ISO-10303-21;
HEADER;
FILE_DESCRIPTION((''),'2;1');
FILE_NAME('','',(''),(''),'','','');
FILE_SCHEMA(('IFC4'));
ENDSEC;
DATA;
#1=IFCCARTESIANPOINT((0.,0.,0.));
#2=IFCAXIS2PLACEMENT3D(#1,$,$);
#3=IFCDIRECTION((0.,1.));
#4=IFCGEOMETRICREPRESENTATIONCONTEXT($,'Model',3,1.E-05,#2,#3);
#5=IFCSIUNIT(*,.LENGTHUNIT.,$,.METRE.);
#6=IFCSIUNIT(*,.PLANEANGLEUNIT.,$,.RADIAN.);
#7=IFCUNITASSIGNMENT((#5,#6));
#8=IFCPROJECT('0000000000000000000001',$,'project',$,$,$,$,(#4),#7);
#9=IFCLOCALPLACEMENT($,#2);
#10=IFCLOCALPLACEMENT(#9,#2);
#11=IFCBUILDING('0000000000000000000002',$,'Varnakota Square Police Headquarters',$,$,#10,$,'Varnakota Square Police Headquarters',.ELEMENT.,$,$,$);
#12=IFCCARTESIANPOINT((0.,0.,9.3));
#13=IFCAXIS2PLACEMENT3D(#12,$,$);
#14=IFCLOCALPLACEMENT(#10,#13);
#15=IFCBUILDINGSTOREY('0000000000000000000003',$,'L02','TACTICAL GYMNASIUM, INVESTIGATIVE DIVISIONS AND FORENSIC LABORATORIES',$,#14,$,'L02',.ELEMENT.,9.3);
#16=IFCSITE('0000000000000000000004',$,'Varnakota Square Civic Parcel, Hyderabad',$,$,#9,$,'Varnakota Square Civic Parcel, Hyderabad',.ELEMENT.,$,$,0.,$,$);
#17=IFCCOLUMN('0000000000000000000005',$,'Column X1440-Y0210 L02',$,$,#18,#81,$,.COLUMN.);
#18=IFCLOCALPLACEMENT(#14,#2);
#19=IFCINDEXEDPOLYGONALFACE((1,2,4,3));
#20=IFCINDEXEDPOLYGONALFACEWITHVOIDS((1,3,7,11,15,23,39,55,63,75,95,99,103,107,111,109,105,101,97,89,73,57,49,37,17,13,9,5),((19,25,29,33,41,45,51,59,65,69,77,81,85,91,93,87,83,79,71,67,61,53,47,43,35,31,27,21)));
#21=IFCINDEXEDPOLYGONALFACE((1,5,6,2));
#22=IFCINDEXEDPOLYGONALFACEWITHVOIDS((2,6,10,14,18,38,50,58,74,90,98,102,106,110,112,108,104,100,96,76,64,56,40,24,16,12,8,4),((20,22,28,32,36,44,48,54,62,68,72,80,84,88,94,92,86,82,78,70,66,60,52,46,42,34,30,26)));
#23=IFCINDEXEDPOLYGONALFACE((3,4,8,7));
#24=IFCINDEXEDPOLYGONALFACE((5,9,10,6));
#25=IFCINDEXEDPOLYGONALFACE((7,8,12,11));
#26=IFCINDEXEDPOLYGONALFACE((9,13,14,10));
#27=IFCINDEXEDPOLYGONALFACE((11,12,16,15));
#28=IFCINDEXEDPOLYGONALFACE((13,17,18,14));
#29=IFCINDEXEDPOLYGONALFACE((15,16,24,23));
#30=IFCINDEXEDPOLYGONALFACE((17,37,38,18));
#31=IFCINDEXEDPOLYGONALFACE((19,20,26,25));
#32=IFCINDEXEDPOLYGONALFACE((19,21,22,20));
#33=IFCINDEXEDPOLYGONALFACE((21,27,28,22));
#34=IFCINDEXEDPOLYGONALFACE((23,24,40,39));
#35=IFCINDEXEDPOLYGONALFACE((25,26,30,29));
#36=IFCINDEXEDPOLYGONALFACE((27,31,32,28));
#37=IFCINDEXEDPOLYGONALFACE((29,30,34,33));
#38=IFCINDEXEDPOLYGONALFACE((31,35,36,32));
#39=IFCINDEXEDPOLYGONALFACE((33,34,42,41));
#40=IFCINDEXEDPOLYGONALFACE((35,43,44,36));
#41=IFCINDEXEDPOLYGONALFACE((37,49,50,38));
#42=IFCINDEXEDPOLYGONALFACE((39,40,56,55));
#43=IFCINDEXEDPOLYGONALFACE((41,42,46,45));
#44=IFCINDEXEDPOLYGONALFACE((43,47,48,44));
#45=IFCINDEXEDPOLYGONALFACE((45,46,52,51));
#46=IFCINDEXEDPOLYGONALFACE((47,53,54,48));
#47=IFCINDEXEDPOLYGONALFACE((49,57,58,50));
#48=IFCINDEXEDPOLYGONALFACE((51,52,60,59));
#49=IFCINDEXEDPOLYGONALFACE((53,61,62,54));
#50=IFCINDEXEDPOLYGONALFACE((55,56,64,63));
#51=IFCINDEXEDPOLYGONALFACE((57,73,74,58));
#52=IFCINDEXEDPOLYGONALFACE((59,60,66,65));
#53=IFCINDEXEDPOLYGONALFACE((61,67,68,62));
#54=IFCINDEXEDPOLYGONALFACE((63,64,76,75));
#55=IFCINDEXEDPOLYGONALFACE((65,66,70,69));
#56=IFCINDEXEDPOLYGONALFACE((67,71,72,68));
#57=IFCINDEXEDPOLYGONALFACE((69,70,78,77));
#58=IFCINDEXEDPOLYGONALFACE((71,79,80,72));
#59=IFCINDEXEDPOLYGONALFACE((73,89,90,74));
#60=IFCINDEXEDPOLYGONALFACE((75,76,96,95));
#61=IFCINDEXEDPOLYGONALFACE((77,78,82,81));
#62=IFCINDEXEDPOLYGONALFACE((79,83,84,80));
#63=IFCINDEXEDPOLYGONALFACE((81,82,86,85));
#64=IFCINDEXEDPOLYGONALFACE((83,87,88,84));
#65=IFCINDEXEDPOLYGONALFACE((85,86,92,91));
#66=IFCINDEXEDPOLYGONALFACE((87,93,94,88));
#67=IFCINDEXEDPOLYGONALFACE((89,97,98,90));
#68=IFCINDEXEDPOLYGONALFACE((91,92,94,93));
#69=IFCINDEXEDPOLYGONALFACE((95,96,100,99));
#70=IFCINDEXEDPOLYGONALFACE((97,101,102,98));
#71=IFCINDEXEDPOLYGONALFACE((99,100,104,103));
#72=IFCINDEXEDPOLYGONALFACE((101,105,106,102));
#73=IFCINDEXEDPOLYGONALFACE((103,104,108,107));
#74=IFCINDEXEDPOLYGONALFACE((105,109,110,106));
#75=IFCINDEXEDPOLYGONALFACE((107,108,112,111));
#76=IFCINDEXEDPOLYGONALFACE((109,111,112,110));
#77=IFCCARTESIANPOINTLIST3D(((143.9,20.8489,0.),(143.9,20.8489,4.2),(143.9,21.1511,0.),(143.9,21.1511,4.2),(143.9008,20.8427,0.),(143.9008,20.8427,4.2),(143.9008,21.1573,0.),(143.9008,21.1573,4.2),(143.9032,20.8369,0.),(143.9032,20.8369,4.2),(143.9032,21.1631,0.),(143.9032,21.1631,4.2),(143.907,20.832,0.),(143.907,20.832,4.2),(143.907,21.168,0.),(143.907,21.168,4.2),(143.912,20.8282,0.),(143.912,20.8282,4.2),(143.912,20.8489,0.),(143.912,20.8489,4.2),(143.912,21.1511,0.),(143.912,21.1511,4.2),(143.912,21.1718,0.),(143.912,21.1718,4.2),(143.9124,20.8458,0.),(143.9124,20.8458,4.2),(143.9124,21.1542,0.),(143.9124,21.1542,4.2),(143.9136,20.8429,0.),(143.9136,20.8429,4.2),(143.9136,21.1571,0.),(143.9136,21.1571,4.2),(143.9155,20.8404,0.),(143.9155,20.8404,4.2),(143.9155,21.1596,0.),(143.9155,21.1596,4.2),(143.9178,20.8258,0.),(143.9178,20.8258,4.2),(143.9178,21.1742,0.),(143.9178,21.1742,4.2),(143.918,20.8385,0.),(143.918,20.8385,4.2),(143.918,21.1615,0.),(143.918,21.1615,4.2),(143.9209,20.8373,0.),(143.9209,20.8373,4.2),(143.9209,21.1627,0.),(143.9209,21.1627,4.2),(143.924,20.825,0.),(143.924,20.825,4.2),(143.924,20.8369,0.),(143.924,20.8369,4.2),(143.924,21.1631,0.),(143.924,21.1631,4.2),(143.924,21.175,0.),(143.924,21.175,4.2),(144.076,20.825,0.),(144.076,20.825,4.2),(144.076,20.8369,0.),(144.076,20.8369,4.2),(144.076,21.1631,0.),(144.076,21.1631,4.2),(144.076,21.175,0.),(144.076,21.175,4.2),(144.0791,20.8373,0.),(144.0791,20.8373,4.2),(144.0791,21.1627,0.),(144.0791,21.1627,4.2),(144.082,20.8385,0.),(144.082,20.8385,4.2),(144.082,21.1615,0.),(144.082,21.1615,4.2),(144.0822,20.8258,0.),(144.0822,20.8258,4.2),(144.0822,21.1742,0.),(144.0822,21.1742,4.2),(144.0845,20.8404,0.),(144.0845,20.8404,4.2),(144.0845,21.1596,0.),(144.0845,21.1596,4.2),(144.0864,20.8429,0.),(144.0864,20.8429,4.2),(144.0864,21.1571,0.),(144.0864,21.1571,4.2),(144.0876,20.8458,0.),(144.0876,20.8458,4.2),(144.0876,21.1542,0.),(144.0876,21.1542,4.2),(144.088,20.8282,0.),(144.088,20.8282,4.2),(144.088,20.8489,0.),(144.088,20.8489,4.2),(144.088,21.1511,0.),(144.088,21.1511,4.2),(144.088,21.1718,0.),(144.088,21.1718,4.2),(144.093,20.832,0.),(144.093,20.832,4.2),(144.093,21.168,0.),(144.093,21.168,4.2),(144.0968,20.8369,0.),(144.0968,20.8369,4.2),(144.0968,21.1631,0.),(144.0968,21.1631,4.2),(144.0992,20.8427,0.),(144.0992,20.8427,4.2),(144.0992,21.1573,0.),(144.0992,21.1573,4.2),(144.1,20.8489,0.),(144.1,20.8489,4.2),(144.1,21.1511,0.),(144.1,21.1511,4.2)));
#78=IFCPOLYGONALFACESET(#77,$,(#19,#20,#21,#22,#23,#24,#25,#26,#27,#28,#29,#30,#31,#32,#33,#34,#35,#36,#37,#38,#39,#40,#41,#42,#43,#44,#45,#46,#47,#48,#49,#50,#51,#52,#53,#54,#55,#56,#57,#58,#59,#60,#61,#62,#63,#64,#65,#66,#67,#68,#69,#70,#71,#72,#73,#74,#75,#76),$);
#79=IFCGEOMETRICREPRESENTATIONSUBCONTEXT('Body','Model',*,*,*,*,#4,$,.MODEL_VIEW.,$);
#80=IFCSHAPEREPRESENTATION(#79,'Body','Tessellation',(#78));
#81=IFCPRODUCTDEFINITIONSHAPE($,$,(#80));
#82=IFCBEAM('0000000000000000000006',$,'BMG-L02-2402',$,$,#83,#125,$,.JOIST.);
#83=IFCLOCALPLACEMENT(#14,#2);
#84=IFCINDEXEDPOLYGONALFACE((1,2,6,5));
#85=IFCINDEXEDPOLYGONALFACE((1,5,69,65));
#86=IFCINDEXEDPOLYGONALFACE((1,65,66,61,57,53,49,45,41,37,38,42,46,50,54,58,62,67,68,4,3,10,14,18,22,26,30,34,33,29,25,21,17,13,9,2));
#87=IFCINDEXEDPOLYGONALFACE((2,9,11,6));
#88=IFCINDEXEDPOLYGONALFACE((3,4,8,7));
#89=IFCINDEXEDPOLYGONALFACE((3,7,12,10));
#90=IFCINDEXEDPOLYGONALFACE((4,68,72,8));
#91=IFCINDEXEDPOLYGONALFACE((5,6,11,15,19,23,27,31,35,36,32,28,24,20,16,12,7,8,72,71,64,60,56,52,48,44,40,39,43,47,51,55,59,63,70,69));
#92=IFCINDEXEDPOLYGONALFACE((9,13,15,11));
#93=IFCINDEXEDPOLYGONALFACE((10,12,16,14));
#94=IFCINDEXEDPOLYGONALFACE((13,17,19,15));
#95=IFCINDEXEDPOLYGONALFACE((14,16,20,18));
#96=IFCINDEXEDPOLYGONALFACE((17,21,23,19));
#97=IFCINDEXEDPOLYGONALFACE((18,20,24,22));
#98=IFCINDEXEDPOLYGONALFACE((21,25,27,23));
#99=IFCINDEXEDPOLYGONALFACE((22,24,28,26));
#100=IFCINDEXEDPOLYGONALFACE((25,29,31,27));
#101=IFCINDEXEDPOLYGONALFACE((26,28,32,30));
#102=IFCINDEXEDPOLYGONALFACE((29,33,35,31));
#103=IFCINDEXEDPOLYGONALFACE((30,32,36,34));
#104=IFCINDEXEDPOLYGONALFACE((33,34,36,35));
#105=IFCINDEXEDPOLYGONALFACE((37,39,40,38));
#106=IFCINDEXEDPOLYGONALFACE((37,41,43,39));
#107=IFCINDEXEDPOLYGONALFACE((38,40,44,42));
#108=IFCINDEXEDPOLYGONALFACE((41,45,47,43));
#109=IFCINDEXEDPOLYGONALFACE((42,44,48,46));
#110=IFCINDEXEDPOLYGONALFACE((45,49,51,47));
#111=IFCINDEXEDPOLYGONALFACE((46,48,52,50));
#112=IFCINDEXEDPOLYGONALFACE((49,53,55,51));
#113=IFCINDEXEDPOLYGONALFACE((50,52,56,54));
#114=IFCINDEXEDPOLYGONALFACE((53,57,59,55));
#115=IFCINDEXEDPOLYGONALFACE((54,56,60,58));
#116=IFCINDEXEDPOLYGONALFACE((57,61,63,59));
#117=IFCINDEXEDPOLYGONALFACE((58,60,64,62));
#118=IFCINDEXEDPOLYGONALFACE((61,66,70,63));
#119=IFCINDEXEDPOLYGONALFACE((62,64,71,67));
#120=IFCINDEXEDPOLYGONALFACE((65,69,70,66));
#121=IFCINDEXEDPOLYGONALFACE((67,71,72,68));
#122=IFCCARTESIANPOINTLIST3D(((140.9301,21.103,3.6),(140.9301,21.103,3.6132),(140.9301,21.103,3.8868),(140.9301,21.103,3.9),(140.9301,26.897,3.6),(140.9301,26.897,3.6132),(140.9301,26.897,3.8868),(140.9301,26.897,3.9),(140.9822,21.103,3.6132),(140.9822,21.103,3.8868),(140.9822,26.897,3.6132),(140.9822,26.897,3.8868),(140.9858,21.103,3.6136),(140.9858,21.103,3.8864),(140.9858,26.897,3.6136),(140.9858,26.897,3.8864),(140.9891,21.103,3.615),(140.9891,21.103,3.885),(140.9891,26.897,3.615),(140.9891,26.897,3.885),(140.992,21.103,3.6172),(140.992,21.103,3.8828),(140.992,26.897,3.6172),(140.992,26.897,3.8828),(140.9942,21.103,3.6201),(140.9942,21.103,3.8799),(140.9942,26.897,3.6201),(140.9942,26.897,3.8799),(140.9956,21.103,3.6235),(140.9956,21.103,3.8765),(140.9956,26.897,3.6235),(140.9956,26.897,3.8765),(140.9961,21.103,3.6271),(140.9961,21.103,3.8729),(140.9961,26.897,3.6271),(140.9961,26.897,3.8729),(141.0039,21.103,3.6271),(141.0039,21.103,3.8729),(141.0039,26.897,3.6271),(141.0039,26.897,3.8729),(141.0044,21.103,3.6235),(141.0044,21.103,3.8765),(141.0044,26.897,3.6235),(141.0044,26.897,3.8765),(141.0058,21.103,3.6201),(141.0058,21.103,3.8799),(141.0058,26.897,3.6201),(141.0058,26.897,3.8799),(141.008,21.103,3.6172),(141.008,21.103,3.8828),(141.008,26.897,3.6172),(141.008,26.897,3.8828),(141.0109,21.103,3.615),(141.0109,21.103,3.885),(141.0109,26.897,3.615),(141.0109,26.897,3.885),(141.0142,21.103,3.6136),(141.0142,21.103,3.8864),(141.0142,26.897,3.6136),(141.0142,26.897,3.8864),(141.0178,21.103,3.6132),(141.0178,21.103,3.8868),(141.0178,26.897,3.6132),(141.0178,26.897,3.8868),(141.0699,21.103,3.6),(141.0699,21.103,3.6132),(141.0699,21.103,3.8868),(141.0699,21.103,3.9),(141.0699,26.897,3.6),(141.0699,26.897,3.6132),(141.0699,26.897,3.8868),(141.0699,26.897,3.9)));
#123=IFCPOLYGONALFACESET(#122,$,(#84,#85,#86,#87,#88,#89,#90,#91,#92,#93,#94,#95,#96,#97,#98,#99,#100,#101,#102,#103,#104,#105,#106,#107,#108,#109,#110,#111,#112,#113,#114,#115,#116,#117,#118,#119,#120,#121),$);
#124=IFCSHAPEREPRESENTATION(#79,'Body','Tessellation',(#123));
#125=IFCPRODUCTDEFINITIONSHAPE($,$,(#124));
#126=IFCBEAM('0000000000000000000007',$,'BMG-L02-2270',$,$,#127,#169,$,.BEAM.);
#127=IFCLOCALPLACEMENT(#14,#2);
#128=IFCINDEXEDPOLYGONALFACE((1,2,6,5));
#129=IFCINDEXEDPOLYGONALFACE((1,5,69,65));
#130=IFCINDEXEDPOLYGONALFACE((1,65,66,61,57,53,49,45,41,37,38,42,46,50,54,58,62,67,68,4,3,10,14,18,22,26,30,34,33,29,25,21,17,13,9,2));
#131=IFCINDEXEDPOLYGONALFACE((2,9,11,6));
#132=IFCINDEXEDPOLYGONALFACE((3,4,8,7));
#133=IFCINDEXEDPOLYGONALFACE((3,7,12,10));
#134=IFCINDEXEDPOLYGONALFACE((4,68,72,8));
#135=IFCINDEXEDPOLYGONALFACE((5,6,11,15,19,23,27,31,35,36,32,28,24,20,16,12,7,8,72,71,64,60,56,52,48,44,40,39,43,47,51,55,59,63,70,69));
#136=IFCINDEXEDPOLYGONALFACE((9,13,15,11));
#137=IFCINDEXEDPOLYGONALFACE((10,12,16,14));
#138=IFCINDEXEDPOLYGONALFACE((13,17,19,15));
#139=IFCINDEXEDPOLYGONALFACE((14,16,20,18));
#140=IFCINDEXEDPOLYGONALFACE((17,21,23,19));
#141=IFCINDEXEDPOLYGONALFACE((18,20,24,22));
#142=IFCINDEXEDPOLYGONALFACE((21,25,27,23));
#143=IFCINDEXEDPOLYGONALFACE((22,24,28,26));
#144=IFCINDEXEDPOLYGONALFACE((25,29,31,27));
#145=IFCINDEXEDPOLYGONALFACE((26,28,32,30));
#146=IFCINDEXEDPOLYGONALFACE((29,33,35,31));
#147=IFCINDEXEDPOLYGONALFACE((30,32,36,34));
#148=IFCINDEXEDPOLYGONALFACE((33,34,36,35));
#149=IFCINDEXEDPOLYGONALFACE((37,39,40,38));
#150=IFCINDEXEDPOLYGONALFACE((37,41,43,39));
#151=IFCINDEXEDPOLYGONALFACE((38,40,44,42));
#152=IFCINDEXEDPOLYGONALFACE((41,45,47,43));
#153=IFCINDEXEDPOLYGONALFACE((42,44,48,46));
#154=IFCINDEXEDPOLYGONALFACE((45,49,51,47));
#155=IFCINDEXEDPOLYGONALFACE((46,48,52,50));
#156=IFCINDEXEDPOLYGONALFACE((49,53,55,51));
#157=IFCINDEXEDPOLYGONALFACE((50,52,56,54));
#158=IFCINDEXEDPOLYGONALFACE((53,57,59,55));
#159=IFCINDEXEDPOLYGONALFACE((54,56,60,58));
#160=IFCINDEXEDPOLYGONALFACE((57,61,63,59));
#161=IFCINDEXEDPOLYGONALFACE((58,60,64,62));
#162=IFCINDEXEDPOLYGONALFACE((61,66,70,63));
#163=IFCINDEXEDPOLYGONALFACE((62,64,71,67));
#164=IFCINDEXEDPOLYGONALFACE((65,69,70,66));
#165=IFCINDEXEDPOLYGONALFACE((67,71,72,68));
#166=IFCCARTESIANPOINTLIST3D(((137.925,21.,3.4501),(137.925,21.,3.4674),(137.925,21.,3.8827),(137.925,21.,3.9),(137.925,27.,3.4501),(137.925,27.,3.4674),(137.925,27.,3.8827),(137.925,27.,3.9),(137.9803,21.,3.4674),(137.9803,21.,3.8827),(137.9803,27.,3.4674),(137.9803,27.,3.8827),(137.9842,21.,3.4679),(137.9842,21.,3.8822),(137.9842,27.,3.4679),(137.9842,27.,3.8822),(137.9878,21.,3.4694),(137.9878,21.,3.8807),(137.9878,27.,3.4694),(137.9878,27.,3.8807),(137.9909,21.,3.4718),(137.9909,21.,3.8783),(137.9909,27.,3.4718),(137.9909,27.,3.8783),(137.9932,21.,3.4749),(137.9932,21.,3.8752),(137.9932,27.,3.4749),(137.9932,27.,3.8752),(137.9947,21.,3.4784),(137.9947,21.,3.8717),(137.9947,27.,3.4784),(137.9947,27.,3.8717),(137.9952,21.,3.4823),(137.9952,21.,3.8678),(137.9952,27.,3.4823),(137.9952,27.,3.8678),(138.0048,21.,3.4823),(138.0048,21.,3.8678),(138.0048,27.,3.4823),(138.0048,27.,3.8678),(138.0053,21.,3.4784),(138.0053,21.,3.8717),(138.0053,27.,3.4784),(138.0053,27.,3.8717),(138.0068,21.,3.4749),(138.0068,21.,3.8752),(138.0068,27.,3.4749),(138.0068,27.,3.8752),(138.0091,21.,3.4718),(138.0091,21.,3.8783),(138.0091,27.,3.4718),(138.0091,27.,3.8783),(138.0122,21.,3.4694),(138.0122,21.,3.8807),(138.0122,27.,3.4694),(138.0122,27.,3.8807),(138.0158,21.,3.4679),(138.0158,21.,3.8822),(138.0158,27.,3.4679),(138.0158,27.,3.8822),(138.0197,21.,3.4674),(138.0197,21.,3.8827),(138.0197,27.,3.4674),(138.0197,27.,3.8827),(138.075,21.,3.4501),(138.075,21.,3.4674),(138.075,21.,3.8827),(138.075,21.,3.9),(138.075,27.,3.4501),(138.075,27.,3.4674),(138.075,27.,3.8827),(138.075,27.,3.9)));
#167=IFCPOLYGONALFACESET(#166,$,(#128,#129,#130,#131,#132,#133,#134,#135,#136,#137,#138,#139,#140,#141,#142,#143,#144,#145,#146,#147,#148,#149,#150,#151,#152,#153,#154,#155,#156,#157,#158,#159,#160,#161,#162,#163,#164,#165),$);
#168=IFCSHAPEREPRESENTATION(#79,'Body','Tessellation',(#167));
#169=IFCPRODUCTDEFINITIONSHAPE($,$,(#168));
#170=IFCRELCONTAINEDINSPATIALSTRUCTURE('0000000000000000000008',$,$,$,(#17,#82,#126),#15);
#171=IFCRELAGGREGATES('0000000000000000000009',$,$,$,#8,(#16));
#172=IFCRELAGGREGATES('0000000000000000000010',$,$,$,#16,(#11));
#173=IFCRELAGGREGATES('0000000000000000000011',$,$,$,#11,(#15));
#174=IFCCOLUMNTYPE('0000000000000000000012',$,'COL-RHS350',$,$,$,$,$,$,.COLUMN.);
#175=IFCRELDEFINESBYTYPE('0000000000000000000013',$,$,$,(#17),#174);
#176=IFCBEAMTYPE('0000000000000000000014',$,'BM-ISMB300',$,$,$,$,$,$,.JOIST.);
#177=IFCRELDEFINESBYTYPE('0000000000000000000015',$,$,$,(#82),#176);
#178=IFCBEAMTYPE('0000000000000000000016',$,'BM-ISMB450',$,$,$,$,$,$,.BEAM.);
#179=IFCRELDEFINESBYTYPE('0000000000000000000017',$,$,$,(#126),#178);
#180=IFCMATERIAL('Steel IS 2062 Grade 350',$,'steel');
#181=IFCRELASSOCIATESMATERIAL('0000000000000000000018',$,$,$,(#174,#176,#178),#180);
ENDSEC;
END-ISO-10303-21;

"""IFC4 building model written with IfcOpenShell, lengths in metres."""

from ifc_helpers import new_model, si_unit, direction, frame, origin, origin_2d, place, context, subcontext, project, spatial, hollow_rectangle, i_section, extrude, material, material_profile, profile_set, type_object, element, save


model = new_model("IFC4")

# Units and contexts
model_context = context("Model", 3, precision=1e-05, world=origin(), true_north=direction((0.0, 1.0)))
body_context = subcontext(model_context, "Body", "Model", "MODEL_VIEW")
ifc_project = project(units=[si_unit("LENGTHUNIT", "METRE"), si_unit("PLANEANGLEUNIT", "RADIAN")], contexts=[model_context])

# Site, building, storey
site_placement = place(None, origin())
site = spatial("IfcSite", under=ifc_project, at=site_placement, Name="Varnakota Square Civic Parcel, Hyderabad", LongName="Varnakota Square Civic Parcel, Hyderabad", CompositionType="ELEMENT", RefElevation=0.0)
building_placement = place(site_placement, origin())
building = spatial("IfcBuilding", under=site, at=building_placement, Name="Varnakota Square Police Headquarters", LongName="Varnakota Square Police Headquarters", CompositionType="ELEMENT")
storey_placement = place(building_placement, frame((0.0, 0.0, 9.3)))
storey = spatial("IfcBuildingStorey", under=building, at=storey_placement, Name="L02", Description="TACTICAL GYMNASIUM, INVESTIGATIVE DIVISIONS AND FORENSIC LABORATORIES", LongName="L02", CompositionType="ELEMENT", Elevation=9.3)

# Column
ifc_material_1 = material(Name="Steel IS 2062 Grade 350", Category="steel")
ifc_material_profile_1 = material_profile(ifc_material_1, hollow_rectangle(XDim=0.2, YDim=0.3501, WallThickness=0.012, InnerFilletRadius=0.012, OuterFilletRadius=0.0239, at=origin_2d()), Name="RHS 350x200x12")
ifc_profile_set_1 = profile_set([ifc_material_profile_1], Name="Steel IS 2062 Grade 350")
column_type_1 = type_object("IfcColumnType", Name="COL-RHS350", PredefinedType="COLUMN", material=ifc_profile_set_1)
for number, where, z_axis, x_axis, name in (
    (1, (144.0, 21.0, 0.0), (0.0, 0.0, 1.0), (1.0, 0.0, 0.0), "Column X1440-Y0210 L02"),
):
    element("IfcColumn", number, at=place(storey_placement, frame(where, z_axis=z_axis, x_axis=x_axis)), inside=storey, type_object=column_type_1, Name=name, PredefinedType="COLUMN", context=body_context, shape_type="SweptSolid", body=[
        extrude(hollow_rectangle(XDim=0.2, YDim=0.3501, WallThickness=0.012, InnerFilletRadius=0.012, OuterFilletRadius=0.0239, at=origin_2d()), origin(), (0.0, 0.0, 1.0), 4.2),
    ])

# Beams
ifc_material_profile_2 = material_profile(ifc_material_1, i_section(OverallWidth=0.1399, OverallDepth=0.3, WebThickness=0.0078, FlangeThickness=0.0132, FilletRadius=0.0139, at=origin_2d()), Name="ISMB 300")
ifc_profile_set_2 = profile_set([ifc_material_profile_2], Name="Steel IS 2062 Grade 350")
beam_type_1 = type_object("IfcBeamType", Name="BM-ISMB300", PredefinedType="JOIST", material=ifc_profile_set_2)
beam_1_placement = place(storey_placement, frame((141.0, 21.103, 3.75), z_axis=(0.0, 1.0, 0.0), x_axis=(-1.0, 0.0, 0.0)))
element("IfcBeam", 2, at=beam_1_placement, inside=storey, type_object=beam_type_1, Name="BMG-L02-2402", PredefinedType="JOIST", context=body_context, shape_type="SweptSolid", body=[
    extrude(i_section(OverallWidth=0.1399, OverallDepth=0.3, WebThickness=0.0078, FlangeThickness=0.0132, FilletRadius=0.0139, at=origin_2d()), origin(), (0.0, 0.0, 1.0), 5.7939),
])
ifc_material_profile_3 = material_profile(ifc_material_1, i_section(OverallWidth=0.1499, OverallDepth=0.45, WebThickness=0.0095, FlangeThickness=0.0173, FilletRadius=0.0149, at=origin_2d()), Name="ISMB 450")
ifc_profile_set_3 = profile_set([ifc_material_profile_3], Name="Steel IS 2062 Grade 350")
beam_type_2 = type_object("IfcBeamType", Name="BM-ISMB450", PredefinedType="BEAM", material=ifc_profile_set_3)
for number, where, z_axis, x_axis, name in (
    (3, (138.0, 21.0, 3.675), (0.0, 1.0, 0.0), (-1.0, 0.0, 0.0), "BMG-L02-2270"),
):
    element("IfcBeam", number, at=place(storey_placement, frame(where, z_axis=z_axis, x_axis=x_axis)), inside=storey, type_object=beam_type_2, Name=name, PredefinedType="BEAM", context=body_context, shape_type="SweptSolid", body=[
        extrude(i_section(OverallWidth=0.1499, OverallDepth=0.45, WebThickness=0.0095, FlangeThickness=0.0173, FilletRadius=0.0149, at=origin_2d()), origin(), (0.0, 0.0, 1.0), 6.0),
    ])

save(model, "model.ifc")
